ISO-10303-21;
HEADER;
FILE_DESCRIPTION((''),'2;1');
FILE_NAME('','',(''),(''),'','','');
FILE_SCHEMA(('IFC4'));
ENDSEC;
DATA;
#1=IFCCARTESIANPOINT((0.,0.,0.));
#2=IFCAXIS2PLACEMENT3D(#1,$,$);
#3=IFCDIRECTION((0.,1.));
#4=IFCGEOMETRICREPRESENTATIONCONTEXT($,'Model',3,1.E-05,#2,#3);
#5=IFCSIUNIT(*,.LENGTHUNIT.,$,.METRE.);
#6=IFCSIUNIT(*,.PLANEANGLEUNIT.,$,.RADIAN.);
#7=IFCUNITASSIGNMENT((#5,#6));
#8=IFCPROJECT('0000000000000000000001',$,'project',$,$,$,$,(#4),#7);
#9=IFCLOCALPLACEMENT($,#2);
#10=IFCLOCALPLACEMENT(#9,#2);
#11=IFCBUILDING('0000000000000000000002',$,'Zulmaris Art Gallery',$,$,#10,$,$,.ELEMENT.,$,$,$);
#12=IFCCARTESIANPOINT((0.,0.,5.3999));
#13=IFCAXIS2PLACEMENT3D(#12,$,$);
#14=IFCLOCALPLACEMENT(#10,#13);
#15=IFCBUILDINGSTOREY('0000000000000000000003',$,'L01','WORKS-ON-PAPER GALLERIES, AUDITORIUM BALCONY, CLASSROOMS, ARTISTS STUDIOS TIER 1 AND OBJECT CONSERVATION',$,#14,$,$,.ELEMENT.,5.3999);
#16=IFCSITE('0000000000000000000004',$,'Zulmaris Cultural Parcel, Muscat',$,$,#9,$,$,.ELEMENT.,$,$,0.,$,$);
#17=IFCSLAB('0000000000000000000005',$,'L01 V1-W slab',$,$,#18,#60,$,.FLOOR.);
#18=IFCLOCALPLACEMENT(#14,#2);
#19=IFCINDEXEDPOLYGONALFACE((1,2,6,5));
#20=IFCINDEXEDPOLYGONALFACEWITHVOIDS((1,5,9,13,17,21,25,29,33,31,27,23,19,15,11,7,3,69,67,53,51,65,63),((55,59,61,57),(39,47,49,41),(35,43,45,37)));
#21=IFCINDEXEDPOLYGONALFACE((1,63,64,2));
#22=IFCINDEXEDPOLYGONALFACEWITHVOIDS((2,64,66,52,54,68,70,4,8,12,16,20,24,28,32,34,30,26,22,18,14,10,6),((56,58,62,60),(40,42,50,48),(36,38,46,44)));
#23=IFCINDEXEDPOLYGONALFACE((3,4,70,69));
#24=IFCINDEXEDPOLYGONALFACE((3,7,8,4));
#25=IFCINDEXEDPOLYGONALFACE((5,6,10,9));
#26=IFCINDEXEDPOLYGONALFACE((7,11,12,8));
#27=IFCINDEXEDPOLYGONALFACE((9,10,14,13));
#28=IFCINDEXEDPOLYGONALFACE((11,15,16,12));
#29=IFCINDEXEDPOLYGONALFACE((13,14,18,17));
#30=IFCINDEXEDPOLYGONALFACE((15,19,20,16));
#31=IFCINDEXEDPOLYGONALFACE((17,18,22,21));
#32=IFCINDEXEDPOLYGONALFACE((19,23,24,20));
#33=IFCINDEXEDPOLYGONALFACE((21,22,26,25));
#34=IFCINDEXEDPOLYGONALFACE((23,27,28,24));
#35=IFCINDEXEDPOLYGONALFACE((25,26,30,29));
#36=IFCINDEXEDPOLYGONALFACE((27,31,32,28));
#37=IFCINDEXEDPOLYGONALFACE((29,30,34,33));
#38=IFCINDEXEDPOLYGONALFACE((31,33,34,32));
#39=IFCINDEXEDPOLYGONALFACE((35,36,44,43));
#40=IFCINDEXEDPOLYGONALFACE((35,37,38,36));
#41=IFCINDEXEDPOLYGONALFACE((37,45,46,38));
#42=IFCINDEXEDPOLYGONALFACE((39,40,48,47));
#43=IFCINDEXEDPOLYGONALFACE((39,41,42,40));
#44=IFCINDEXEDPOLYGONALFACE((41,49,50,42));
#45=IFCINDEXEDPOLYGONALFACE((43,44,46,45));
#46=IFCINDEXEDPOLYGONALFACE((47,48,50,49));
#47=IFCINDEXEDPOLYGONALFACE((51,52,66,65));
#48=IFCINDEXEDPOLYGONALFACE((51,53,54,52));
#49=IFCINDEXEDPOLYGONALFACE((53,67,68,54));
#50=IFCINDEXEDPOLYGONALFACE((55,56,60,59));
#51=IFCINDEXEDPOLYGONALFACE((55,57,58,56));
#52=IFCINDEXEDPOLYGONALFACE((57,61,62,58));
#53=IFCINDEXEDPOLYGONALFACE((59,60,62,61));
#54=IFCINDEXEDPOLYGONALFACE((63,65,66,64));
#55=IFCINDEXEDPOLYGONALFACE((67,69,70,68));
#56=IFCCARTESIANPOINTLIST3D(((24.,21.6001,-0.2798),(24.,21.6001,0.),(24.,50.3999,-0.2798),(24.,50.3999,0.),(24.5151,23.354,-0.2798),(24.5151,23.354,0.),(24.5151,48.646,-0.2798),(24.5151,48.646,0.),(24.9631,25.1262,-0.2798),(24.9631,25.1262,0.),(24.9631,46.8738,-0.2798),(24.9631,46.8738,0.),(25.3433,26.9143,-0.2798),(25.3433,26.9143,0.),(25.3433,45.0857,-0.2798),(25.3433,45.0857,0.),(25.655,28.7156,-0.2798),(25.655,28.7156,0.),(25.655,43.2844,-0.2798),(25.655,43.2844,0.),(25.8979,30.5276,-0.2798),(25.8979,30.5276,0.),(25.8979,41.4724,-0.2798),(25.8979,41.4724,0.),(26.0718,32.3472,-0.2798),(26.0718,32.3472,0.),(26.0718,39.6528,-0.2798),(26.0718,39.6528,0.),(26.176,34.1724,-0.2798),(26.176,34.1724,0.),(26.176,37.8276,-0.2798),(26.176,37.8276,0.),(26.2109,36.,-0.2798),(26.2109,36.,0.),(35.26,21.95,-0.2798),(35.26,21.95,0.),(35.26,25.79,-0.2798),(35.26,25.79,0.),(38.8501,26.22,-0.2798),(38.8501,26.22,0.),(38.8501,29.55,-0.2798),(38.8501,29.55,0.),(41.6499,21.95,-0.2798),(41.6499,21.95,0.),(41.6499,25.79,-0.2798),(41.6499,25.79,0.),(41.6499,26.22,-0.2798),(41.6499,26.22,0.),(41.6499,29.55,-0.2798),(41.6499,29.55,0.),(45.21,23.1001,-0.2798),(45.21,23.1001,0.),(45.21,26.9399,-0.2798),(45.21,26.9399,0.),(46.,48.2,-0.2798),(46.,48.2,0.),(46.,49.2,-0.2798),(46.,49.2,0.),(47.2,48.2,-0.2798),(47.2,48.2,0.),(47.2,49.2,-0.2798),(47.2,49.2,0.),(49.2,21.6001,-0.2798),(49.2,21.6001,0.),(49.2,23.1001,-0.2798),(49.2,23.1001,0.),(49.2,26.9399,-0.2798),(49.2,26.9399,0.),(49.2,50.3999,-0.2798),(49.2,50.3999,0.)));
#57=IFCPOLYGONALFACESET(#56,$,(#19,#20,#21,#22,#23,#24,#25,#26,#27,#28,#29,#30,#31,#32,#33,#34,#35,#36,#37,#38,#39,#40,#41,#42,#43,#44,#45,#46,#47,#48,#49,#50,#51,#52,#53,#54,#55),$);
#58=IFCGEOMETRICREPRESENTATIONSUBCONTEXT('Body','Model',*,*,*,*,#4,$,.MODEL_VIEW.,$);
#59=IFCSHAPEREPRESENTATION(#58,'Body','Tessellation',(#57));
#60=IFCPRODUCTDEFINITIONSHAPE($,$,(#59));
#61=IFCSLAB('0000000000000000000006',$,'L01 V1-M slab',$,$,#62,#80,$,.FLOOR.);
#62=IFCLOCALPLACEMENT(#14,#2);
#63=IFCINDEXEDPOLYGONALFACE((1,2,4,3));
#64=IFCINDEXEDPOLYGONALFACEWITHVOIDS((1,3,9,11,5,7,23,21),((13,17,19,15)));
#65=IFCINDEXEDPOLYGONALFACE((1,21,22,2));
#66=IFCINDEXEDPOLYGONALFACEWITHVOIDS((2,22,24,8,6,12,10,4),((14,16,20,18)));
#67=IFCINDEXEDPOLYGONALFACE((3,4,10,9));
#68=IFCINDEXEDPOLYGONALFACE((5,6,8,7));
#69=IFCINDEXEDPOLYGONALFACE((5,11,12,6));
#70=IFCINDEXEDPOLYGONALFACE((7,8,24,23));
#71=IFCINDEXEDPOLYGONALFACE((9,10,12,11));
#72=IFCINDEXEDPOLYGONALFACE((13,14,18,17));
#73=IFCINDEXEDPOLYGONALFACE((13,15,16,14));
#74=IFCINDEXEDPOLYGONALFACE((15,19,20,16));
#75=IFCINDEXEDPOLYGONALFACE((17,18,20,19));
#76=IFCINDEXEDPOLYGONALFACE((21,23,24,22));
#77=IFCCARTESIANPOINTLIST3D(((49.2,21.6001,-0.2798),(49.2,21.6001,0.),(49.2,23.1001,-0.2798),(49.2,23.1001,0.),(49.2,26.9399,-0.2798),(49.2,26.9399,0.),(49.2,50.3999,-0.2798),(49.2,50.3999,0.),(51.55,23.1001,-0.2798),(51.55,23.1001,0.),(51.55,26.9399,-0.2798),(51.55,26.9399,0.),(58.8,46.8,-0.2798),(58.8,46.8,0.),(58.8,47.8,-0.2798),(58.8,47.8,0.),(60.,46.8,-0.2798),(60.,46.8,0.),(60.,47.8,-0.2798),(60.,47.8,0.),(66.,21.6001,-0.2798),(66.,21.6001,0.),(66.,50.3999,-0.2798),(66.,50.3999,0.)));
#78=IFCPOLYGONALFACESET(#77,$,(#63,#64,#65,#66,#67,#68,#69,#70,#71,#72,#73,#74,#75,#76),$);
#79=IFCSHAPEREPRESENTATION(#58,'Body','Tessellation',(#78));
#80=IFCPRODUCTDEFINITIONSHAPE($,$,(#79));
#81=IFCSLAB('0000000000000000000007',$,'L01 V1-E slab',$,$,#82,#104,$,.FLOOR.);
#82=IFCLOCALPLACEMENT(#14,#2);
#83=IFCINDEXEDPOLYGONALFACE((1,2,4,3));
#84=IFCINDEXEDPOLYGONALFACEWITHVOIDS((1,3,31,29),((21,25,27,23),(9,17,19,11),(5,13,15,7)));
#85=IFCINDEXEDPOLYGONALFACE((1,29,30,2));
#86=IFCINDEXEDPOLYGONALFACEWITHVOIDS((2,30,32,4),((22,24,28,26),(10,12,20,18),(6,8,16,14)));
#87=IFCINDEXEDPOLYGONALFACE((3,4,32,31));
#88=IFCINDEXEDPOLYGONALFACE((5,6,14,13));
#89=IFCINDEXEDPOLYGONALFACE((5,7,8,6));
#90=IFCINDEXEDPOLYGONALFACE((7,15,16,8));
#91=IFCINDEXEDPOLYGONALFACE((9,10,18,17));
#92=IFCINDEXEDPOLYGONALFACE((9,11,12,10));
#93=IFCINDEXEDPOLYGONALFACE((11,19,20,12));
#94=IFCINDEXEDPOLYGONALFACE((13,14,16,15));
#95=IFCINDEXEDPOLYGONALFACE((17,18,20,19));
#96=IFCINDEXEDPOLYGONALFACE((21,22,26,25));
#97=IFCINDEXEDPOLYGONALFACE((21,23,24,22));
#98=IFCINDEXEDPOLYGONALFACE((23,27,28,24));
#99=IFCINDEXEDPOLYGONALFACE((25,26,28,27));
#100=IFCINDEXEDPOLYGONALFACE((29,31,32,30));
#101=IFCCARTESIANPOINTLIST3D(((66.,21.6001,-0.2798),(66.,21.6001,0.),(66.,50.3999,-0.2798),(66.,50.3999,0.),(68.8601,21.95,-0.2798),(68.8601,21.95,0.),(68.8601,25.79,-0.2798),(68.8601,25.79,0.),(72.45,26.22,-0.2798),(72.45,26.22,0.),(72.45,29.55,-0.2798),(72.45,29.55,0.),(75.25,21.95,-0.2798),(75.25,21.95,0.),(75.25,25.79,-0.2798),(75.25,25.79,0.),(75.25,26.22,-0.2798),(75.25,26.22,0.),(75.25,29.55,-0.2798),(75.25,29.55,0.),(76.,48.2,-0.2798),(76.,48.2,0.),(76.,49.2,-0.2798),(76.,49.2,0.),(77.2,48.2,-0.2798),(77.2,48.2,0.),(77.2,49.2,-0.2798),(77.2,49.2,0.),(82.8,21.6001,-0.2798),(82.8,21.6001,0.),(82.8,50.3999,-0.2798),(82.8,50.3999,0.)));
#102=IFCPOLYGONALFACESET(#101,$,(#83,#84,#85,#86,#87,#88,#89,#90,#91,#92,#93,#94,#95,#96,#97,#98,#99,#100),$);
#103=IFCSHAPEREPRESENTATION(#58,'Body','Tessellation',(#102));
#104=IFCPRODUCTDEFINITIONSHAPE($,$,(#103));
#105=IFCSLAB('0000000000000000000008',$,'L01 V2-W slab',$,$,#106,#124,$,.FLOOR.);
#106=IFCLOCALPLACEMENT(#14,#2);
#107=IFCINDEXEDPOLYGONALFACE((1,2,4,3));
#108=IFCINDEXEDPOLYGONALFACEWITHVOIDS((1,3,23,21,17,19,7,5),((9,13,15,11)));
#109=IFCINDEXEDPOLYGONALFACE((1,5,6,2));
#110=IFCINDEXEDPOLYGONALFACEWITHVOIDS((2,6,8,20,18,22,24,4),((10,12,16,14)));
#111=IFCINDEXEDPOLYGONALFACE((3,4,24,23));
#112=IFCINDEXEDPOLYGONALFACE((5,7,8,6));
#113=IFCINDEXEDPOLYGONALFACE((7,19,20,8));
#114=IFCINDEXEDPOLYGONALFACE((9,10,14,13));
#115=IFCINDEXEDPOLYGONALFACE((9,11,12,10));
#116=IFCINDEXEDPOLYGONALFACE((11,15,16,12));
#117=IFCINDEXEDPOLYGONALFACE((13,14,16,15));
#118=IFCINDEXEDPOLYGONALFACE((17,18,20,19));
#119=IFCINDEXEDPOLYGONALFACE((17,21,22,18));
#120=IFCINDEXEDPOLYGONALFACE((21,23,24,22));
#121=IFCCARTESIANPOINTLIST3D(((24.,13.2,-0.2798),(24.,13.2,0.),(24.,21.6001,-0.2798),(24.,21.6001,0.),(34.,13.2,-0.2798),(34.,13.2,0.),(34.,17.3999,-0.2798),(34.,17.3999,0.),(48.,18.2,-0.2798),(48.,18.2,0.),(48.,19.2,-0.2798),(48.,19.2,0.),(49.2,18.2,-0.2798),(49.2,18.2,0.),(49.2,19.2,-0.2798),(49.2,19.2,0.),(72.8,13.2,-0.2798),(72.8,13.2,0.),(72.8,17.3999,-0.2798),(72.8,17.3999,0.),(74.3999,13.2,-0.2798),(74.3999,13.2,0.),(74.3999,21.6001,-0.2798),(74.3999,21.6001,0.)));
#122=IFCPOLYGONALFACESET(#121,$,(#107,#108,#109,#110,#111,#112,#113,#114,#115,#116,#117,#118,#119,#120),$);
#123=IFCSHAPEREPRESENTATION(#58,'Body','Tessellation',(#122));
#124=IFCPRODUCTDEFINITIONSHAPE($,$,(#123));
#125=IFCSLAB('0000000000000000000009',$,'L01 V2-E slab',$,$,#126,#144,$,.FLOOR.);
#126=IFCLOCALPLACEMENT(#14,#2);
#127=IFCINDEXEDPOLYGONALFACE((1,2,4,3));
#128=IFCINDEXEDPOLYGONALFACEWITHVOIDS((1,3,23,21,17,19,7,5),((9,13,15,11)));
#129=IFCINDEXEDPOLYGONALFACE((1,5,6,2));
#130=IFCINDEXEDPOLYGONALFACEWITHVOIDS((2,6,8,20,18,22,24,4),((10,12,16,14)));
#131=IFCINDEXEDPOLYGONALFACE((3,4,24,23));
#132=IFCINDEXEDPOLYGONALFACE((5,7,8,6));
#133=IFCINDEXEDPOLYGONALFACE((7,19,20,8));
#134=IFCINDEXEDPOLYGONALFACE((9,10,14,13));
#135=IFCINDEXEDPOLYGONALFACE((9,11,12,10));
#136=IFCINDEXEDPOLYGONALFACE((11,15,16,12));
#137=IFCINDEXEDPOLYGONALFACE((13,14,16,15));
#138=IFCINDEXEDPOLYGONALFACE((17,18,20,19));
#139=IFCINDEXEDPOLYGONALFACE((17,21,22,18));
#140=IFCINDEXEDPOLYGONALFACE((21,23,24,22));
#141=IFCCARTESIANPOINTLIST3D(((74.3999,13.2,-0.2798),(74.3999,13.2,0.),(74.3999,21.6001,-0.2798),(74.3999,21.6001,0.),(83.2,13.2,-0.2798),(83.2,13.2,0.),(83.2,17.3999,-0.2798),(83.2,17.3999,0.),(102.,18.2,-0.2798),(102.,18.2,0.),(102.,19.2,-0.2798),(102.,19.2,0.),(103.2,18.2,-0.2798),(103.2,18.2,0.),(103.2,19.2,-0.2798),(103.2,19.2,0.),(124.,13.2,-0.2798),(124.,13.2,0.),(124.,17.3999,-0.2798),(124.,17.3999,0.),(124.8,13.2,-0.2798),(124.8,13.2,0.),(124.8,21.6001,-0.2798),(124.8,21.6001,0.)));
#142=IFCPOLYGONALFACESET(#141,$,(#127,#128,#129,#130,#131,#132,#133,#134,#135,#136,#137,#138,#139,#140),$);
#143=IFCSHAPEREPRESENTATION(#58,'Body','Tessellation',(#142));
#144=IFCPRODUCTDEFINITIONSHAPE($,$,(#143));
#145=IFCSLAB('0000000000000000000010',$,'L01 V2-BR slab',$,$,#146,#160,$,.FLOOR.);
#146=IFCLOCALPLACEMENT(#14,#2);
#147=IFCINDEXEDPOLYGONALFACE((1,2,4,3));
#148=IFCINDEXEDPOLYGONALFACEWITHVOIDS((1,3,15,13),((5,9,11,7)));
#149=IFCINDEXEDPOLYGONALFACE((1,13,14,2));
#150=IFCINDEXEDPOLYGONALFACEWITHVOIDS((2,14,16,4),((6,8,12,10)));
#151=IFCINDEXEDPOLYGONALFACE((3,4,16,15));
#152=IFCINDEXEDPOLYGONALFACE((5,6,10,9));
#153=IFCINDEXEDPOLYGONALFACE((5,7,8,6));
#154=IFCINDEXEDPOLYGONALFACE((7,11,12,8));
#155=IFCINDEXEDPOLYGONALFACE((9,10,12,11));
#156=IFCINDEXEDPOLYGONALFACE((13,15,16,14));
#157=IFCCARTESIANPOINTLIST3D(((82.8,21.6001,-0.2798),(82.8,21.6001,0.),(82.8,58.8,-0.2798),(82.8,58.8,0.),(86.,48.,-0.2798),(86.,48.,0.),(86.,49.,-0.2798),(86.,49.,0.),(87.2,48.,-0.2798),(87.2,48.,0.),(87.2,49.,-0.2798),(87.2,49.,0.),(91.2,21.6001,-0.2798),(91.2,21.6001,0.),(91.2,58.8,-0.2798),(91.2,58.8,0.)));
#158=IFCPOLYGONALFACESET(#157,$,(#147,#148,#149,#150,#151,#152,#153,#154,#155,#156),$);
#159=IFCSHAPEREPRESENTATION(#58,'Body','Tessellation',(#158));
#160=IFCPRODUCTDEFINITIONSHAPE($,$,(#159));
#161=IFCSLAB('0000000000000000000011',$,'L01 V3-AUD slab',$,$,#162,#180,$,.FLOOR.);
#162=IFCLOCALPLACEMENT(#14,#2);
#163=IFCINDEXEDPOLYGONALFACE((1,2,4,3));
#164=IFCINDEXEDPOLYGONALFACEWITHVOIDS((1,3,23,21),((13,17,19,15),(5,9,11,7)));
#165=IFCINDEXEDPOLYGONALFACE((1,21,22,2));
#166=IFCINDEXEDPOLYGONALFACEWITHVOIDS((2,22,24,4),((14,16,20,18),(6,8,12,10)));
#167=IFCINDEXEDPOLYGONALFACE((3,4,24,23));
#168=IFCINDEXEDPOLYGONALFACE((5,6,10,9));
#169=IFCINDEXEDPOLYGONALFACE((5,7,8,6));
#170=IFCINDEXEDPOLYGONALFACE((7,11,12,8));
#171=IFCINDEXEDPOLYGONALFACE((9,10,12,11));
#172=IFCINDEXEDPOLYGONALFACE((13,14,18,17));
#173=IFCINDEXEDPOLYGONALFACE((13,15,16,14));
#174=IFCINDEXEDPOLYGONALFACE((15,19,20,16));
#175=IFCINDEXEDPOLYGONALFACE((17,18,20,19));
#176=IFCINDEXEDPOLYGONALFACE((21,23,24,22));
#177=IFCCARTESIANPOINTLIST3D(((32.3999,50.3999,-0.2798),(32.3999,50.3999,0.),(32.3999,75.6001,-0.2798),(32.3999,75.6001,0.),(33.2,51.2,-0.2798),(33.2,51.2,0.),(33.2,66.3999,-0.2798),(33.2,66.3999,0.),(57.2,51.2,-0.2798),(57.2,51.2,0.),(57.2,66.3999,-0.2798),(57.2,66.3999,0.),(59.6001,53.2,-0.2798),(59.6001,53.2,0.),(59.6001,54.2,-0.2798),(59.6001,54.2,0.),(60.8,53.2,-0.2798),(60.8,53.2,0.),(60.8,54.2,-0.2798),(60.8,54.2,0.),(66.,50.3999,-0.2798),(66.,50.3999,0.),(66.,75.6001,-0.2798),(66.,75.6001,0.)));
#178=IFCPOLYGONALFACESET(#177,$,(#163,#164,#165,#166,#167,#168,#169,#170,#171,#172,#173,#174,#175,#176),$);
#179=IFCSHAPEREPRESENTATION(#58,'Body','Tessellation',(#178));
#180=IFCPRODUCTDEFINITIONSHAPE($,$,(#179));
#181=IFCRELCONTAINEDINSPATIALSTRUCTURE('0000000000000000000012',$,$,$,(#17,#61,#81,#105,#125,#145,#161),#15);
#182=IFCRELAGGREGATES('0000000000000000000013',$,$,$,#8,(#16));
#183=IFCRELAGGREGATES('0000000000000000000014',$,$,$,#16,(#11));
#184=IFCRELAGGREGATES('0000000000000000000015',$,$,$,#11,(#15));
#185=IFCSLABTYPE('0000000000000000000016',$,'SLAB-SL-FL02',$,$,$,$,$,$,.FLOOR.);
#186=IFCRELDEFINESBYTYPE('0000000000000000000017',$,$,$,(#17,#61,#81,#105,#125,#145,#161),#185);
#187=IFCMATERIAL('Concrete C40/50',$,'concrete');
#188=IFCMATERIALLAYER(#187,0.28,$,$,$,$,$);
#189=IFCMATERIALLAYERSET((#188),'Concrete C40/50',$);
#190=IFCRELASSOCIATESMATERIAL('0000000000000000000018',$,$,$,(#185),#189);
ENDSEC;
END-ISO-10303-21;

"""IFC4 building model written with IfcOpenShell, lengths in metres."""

from ifc_helpers import new_model, si_unit, direction, frame, origin, place, context, subcontext, project, spatial, polyline, outline, extrude, material, layer, layer_set, type_object, element, save


model = new_model("IFC4")

# Units and contexts
model_context = context("Model", 3, precision=1e-05, world=origin(), true_north=direction((0.0, 1.0)))
body_context = subcontext(model_context, "Body", "Model", "MODEL_VIEW")
ifc_project = project(units=[si_unit("LENGTHUNIT", "METRE"), si_unit("PLANEANGLEUNIT", "RADIAN")], contexts=[model_context])

# Site, building, storey
site_placement = place(None, origin())
site = spatial("IfcSite", under=ifc_project, at=site_placement, Name="Zulmaris Cultural Parcel, Muscat", CompositionType="ELEMENT", RefElevation=0.0)
building_placement = place(site_placement, origin())
building = spatial("IfcBuilding", under=site, at=building_placement, Name="Zulmaris Art Gallery", CompositionType="ELEMENT")
storey_placement = place(building_placement, frame((0.0, 0.0, 5.3999)))
storey = spatial("IfcBuildingStorey", under=building, at=storey_placement, Name="L01", Description="WORKS-ON-PAPER GALLERIES, AUDITORIUM BALCONY, CLASSROOMS, ARTISTS STUDIOS TIER 1 AND OBJECT CONSERVATION", CompositionType="ELEMENT", Elevation=5.3999)

# Slabs
ifc_material_1 = material(Name="Concrete C40/50", Category="concrete")
ifc_layer_1 = layer(ifc_material_1, 0.28)
ifc_layer_set_1 = layer_set([ifc_layer_1], Name="Concrete C40/50")
slab_type = type_object("IfcSlabType", Name="SLAB-SL-FL02", PredefinedType="FLOOR", material=ifc_layer_set_1)
slab_1_placement = place(storey_placement, frame((0.0, 0.0, -0.2798)))
element("IfcSlab", 1, at=slab_1_placement, inside=storey, type_object=slab_type, Name="L01 V1-W slab", PredefinedType="FLOOR", context=body_context, shape_type="SweptSolid", body=[
    extrude(outline(polyline([(24.5151, 23.354), (24.9631, 25.1262), (25.3433, 26.9143), (25.655, 28.7156), (25.8979, 30.5276), (26.0718, 32.3472), (26.176, 34.1724), (26.2109, 36.0), (26.176, 37.8276), (26.0718, 39.6528), (25.8979, 41.4724), (25.655, 43.2844), (25.3433, 45.0857), (24.9631, 46.8738), (24.5151, 48.646), (24.0, 50.3999), (49.2, 50.3999), (49.2, 26.9399), (45.21, 26.9399), (45.21, 23.1001), (49.2, 23.1001), (49.2, 21.6001), (24.0, 21.6001), (24.5151, 23.354)]), holes=[polyline([(35.26, 21.95), (41.6499, 21.95), (41.6499, 25.79), (35.26, 25.79), (35.26, 21.95)]), polyline([(41.6499, 26.22), (41.6499, 29.55), (38.8501, 29.55), (38.8501, 26.22), (41.6499, 26.22)]), polyline([(47.2, 48.2), (47.2, 49.2), (46.0, 49.2), (46.0, 48.2), (47.2, 48.2)])]), origin(), (0.0, 0.0, 1.0), 0.2798),
])
slab_2_placement = place(storey_placement, frame((0.0, 0.0, -0.2798)))
element("IfcSlab", 2, at=slab_2_placement, inside=storey, type_object=slab_type, Name="L01 V1-M slab", PredefinedType="FLOOR", context=body_context, shape_type="SweptSolid", body=[
    extrude(outline(polyline([(49.2, 50.3999), (66.0, 50.3999), (66.0, 21.6001), (49.2, 21.6001), (49.2, 23.1001), (51.55, 23.1001), (51.55, 26.9399), (49.2, 26.9399), (49.2, 50.3999)]), holes=[polyline([(60.0, 46.8), (60.0, 47.8), (58.8, 47.8), (58.8, 46.8), (60.0, 46.8)])]), origin(), (0.0, 0.0, 1.0), 0.2798),
])
slab_3_placement = place(storey_placement, frame((0.0, 0.0, -0.2798)))
element("IfcSlab", 3, at=slab_3_placement, inside=storey, type_object=slab_type, Name="L01 V1-E slab", PredefinedType="FLOOR", context=body_context, shape_type="SweptSolid", body=[
    extrude(outline(polyline([(66.0, 21.6001), (66.0, 50.3999), (82.8, 50.3999), (82.8, 21.6001), (66.0, 21.6001)]), holes=[polyline([(68.8601, 21.95), (75.25, 21.95), (75.25, 25.79), (68.8601, 25.79), (68.8601, 21.95)]), polyline([(75.25, 26.22), (75.25, 29.55), (72.45, 29.55), (72.45, 26.22), (75.25, 26.22)]), polyline([(77.2, 48.2), (77.2, 49.2), (76.0, 49.2), (76.0, 48.2), (77.2, 48.2)])]), origin(), (0.0, 0.0, 1.0), 0.2798),
])
slab_4_placement = place(storey_placement, frame((0.0, 0.0, -0.2798)))
element("IfcSlab", 4, at=slab_4_placement, inside=storey, type_object=slab_type, Name="L01 V2-W slab", PredefinedType="FLOOR", context=body_context, shape_type="SweptSolid", body=[
    extrude(outline(polyline([(24.0, 13.2), (24.0, 21.6001), (74.3999, 21.6001), (74.3999, 13.2), (72.8, 13.2), (72.8, 17.3999), (34.0, 17.3999), (34.0, 13.2), (24.0, 13.2)]), holes=[polyline([(49.2, 18.2), (49.2, 19.2), (48.0, 19.2), (48.0, 18.2), (49.2, 18.2)])]), origin(), (0.0, 0.0, 1.0), 0.2798),
])
slab_5_placement = place(storey_placement, frame((0.0, 0.0, -0.2798)))
element("IfcSlab", 5, at=slab_5_placement, inside=storey, type_object=slab_type, Name="L01 V2-E slab", PredefinedType="FLOOR", context=body_context, shape_type="SweptSolid", body=[
    extrude(outline(polyline([(74.3999, 13.2), (74.3999, 21.6001), (124.8, 21.6001), (124.8, 13.2), (124.0, 13.2), (124.0, 17.3999), (83.2, 17.3999), (83.2, 13.2), (74.3999, 13.2)]), holes=[polyline([(103.2, 18.2), (103.2, 19.2), (102.0, 19.2), (102.0, 18.2), (103.2, 18.2)])]), origin(), (0.0, 0.0, 1.0), 0.2798),
])
slab_6_placement = place(storey_placement, frame((0.0, 0.0, -0.2798)))
element("IfcSlab", 6, at=slab_6_placement, inside=storey, type_object=slab_type, Name="L01 V2-BR slab", PredefinedType="FLOOR", context=body_context, shape_type="SweptSolid", body=[
    extrude(outline(polyline([(82.8, 21.6001), (82.8, 58.8), (91.2, 58.8), (91.2, 21.6001), (82.8, 21.6001)]), holes=[polyline([(87.2, 48.0), (87.2, 49.0), (86.0, 49.0), (86.0, 48.0), (87.2, 48.0)])]), origin(), (0.0, 0.0, 1.0), 0.2798),
])
slab_7_placement = place(storey_placement, frame((0.0, 0.0, -0.2798)))
element("IfcSlab", 7, at=slab_7_placement, inside=storey, type_object=slab_type, Name="L01 V3-AUD slab", PredefinedType="FLOOR", context=body_context, shape_type="SweptSolid", body=[
    extrude(outline(polyline([(32.3999, 50.3999), (32.3999, 75.6001), (66.0, 75.6001), (66.0, 50.3999), (32.3999, 50.3999)]), holes=[polyline([(60.8, 53.2), (60.8, 54.2), (59.6001, 54.2), (59.6001, 53.2), (60.8, 53.2)]), polyline([(33.2, 51.2), (57.2, 51.2), (57.2, 66.3999), (33.2, 66.3999), (33.2, 51.2)])]), origin(), (0.0, 0.0, 1.0), 0.2798),
])

save(model, "model.ifc")
